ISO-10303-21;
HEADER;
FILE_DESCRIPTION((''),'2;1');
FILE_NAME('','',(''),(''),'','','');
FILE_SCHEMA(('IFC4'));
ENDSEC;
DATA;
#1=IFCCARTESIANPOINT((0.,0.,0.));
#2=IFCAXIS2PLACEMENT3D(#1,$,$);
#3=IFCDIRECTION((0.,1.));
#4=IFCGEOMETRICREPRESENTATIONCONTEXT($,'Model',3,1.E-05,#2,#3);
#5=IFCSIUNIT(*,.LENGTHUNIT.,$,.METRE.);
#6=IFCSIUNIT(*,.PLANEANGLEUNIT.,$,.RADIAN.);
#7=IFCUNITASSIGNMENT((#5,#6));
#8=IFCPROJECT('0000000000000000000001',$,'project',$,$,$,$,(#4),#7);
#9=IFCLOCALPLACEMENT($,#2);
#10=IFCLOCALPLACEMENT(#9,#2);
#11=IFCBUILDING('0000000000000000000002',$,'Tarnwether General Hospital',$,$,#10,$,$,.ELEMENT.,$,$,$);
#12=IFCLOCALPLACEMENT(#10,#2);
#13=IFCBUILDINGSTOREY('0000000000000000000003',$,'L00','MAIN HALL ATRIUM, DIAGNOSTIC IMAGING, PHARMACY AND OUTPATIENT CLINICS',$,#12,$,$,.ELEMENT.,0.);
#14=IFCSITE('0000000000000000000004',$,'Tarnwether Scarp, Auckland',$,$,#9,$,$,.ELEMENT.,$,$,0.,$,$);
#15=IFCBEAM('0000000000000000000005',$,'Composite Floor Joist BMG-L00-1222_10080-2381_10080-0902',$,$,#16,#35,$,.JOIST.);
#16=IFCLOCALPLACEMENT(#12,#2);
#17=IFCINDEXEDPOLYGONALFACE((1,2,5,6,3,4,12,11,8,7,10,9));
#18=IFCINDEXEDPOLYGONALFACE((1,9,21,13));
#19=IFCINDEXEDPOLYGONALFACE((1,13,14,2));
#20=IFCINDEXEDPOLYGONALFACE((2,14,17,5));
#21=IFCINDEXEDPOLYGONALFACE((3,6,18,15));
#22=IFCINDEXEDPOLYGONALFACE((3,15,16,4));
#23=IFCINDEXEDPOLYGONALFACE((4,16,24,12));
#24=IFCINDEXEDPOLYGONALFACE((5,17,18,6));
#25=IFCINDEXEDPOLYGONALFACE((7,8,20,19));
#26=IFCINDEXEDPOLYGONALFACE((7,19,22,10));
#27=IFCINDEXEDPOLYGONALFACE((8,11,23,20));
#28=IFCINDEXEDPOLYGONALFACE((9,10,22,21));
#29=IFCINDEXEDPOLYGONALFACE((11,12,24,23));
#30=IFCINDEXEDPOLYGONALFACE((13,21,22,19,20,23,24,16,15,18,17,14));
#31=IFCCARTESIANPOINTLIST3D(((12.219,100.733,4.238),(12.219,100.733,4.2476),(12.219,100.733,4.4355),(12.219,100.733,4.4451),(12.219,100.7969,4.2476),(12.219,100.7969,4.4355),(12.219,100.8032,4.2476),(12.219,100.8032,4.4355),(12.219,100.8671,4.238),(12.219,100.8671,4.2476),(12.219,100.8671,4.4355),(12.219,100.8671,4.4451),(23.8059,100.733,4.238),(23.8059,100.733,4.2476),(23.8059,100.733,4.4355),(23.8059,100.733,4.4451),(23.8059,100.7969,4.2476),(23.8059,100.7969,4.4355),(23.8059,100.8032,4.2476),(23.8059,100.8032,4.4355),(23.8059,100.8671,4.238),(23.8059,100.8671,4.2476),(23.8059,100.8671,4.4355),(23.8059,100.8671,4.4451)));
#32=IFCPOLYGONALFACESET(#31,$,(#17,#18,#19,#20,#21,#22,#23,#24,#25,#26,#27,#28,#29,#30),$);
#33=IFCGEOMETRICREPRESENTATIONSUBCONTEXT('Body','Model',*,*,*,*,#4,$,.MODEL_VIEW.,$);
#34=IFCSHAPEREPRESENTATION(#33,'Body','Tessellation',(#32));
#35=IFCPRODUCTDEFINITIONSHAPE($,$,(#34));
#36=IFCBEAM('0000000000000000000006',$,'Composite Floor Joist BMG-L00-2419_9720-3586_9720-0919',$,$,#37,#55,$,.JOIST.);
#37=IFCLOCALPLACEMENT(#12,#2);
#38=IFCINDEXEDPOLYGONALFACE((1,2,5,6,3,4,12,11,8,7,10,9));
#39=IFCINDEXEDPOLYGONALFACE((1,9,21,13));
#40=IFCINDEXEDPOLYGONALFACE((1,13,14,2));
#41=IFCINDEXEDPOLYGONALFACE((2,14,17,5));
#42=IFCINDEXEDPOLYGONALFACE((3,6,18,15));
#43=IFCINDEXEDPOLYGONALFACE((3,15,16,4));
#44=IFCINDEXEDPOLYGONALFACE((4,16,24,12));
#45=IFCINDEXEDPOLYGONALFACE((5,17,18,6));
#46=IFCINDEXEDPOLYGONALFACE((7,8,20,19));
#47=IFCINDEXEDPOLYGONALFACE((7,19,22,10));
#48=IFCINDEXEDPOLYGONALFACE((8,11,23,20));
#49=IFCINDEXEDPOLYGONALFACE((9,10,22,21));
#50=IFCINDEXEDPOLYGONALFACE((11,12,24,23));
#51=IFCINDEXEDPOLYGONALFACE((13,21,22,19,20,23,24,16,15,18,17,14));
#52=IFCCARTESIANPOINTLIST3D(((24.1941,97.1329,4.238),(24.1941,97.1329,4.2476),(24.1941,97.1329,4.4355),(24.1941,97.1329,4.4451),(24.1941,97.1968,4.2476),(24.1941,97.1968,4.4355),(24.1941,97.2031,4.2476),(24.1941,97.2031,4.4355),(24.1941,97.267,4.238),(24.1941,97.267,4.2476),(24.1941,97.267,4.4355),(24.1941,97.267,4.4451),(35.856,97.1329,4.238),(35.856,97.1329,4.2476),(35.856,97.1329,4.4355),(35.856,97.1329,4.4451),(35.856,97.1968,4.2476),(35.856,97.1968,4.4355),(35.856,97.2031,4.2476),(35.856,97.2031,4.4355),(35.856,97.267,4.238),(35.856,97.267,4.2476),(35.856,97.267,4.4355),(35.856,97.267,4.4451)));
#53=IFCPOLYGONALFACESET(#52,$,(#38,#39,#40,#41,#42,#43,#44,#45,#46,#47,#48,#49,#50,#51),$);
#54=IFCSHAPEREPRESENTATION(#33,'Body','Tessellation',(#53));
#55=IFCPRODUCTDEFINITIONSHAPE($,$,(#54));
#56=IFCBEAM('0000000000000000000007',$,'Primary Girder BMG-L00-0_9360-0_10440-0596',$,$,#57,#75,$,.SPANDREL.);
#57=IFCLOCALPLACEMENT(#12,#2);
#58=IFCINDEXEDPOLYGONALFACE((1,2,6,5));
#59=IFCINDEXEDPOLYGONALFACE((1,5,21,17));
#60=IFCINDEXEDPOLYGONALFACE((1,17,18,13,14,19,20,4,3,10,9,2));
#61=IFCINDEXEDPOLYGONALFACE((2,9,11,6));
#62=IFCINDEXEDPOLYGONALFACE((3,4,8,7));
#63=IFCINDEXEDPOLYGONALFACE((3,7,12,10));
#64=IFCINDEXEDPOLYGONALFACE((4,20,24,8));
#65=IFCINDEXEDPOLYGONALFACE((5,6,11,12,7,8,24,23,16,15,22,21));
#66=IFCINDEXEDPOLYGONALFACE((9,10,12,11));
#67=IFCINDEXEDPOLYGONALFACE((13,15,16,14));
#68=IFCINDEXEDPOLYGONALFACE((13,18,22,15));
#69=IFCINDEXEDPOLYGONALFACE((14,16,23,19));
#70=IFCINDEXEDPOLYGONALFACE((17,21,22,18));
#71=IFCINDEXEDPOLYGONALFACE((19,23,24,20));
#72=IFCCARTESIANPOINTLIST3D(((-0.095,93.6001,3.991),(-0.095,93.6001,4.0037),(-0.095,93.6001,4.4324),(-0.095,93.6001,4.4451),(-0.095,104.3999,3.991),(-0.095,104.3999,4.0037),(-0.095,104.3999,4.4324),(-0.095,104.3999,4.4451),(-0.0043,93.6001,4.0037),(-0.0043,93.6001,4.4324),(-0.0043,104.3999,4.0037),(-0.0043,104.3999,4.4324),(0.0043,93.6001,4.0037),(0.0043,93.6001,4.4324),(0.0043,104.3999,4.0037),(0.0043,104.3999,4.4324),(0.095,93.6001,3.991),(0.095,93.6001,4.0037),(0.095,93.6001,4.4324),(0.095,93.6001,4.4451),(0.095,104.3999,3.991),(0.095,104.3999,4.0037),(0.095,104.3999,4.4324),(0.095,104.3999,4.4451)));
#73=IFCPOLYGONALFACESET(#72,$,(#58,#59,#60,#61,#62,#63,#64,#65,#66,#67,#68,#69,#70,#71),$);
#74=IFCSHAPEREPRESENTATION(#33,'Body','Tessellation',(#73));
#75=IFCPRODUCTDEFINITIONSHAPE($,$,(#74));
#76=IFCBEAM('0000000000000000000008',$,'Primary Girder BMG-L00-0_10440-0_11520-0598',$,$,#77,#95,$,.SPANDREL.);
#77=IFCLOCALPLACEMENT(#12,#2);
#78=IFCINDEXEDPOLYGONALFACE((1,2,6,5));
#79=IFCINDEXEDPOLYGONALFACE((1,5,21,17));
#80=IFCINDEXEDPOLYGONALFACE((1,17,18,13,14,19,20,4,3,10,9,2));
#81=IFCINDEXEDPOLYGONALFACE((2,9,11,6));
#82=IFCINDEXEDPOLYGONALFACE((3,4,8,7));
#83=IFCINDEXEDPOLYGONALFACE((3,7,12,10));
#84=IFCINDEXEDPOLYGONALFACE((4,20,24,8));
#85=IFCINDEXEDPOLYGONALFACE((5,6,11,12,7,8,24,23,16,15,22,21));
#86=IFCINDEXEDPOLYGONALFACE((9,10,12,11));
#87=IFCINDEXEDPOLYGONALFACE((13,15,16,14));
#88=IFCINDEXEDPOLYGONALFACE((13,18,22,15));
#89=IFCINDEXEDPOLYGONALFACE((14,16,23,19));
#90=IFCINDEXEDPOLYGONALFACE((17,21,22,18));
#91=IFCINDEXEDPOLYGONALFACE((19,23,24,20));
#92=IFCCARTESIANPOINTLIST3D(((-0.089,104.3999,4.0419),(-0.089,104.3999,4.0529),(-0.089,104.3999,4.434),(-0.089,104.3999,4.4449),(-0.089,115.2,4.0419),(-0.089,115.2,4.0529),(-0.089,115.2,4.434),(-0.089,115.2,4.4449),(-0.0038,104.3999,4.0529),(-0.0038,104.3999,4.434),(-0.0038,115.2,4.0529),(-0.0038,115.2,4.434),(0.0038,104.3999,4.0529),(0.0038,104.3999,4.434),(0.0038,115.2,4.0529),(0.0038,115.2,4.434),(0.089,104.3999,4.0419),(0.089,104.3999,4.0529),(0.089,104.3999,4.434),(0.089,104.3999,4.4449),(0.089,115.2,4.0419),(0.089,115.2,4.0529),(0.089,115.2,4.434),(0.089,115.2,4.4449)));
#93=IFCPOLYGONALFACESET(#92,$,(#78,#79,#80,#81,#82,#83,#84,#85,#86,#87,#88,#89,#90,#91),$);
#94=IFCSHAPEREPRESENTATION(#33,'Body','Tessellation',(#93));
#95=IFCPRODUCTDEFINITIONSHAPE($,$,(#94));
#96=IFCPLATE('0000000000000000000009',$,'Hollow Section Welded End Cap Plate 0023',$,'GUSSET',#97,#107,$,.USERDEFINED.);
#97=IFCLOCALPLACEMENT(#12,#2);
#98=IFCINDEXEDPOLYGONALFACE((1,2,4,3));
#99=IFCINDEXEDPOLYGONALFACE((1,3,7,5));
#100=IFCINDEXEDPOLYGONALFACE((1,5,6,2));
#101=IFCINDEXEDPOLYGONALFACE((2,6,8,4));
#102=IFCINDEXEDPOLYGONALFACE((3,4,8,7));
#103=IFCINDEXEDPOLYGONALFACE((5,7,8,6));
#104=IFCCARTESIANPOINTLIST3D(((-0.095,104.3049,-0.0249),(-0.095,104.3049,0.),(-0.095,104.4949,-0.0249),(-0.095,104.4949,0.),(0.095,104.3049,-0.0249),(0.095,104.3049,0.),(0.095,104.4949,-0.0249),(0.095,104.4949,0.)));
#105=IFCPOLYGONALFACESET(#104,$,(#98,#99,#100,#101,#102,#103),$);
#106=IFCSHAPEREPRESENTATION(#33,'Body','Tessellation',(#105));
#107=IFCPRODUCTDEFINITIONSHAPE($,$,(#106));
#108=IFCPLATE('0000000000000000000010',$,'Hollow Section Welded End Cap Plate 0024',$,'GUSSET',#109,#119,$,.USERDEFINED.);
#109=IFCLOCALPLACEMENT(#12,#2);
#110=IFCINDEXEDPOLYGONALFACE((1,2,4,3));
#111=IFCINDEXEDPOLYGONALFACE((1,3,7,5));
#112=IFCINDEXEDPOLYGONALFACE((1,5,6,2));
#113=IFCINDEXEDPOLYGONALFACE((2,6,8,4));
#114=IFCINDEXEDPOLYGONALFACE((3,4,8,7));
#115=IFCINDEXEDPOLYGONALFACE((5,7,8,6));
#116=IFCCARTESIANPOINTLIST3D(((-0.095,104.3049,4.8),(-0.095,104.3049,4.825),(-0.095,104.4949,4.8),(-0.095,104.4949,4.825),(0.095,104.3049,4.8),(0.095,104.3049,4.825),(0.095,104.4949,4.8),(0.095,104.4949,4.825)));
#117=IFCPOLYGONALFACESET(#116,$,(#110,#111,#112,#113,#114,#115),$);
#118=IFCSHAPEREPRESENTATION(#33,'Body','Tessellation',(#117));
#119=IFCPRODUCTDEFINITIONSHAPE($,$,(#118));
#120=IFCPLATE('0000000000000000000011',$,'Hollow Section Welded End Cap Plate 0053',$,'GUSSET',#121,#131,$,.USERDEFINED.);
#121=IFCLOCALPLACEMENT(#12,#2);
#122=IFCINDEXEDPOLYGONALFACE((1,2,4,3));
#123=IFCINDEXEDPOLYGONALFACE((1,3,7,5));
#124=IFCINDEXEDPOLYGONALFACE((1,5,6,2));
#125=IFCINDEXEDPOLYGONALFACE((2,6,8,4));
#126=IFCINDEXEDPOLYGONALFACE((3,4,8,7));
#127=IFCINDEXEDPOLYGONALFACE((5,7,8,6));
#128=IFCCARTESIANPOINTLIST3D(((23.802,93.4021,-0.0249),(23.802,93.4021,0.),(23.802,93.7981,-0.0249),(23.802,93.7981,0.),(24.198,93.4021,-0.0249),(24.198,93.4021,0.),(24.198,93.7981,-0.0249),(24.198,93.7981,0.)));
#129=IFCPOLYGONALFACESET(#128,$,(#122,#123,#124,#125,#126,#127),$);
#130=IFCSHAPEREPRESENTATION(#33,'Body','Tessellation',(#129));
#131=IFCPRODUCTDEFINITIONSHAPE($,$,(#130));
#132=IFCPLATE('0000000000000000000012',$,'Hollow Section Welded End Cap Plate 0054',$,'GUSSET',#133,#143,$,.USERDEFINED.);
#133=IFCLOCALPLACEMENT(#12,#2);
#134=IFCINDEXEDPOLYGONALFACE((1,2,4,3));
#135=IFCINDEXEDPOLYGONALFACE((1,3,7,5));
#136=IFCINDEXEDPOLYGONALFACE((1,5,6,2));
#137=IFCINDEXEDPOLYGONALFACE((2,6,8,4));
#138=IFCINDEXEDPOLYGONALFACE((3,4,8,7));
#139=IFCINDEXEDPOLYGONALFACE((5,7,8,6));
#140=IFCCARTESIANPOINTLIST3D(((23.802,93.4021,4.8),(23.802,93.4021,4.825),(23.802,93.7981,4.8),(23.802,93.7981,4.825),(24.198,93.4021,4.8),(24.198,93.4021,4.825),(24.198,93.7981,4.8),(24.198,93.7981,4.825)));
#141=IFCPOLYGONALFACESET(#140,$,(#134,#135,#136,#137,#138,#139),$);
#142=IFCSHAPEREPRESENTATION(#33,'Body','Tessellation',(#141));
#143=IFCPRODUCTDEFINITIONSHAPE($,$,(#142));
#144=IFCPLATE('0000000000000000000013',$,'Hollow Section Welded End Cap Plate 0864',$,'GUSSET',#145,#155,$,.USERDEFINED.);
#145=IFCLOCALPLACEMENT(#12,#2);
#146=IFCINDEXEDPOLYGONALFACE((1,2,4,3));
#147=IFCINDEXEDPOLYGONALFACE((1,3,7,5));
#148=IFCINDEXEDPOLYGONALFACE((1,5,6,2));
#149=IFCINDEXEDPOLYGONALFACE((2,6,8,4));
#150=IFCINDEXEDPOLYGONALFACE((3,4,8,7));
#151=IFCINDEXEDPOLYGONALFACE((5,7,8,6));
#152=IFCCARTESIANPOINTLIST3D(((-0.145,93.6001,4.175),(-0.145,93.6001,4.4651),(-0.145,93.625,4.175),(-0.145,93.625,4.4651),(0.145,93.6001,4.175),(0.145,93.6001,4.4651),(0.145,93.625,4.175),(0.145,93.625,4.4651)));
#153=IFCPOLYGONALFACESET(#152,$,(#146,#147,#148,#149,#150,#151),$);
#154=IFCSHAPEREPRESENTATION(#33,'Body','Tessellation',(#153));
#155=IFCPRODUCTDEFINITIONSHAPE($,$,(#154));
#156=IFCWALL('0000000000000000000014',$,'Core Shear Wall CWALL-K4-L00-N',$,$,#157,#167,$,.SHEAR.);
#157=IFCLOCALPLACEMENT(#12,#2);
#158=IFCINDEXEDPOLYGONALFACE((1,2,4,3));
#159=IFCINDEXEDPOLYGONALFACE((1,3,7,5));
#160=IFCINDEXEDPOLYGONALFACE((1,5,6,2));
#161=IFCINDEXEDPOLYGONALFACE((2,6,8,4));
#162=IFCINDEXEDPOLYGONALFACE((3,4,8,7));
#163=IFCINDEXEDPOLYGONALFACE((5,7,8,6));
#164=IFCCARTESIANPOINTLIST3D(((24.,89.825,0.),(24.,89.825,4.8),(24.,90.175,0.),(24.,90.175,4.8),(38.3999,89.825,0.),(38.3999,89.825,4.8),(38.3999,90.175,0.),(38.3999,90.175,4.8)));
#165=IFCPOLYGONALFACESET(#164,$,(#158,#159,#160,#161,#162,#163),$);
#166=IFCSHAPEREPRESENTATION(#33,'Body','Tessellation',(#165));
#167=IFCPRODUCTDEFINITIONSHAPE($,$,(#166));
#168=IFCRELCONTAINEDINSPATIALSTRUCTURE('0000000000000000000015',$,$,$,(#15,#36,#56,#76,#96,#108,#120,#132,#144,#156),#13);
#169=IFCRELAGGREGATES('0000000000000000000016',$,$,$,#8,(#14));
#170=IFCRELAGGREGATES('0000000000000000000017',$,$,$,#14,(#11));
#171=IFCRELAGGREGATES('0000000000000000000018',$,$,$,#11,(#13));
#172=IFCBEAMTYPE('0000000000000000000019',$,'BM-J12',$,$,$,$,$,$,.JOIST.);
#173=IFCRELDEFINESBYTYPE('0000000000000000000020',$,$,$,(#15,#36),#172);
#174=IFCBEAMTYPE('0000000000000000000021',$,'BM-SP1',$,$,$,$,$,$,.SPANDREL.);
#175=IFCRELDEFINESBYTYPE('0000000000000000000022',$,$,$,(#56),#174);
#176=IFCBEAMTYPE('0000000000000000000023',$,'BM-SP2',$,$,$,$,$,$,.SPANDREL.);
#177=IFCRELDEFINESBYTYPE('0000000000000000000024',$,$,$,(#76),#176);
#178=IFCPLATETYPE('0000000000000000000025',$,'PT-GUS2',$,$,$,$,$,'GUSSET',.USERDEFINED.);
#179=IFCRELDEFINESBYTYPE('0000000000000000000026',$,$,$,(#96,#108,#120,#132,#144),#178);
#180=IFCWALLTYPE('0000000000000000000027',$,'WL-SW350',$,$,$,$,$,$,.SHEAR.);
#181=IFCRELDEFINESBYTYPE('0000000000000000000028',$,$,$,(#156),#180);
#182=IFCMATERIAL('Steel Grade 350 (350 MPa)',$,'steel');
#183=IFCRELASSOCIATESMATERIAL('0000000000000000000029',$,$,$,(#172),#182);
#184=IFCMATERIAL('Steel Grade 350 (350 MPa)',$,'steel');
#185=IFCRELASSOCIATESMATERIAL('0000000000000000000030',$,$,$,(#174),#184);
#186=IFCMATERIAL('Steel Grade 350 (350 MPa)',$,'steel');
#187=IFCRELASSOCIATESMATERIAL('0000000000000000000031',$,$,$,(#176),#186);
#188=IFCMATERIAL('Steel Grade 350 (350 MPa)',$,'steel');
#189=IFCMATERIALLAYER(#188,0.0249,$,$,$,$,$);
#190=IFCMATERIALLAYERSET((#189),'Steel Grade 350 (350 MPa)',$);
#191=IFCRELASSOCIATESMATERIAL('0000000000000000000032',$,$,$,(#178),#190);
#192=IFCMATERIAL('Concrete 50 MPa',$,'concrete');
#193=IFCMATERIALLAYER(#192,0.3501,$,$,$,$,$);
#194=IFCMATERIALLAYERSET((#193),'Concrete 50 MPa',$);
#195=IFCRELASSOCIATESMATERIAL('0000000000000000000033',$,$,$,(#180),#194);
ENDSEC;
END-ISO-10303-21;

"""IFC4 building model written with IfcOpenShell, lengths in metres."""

from ifc_helpers import new_model, si_unit, direction, frame, frame_2d, origin, origin_2d, place, context, subcontext, project, spatial, rectangle, i_section, extrude, material, layer, layer_set, material_profile, profile_set, type_object, element, save


model = new_model("IFC4")

# Units and contexts
model_context = context("Model", 3, precision=1e-05, world=origin(), true_north=direction((0.0, 1.0)))
body_context = subcontext(model_context, "Body", "Model", "MODEL_VIEW")
ifc_project = project(units=[si_unit("LENGTHUNIT", "METRE"), si_unit("PLANEANGLEUNIT", "RADIAN")], contexts=[model_context])

# Site, building, storey
site_placement = place(None, origin())
site = spatial("IfcSite", under=ifc_project, at=site_placement, Name="Tarnwether Scarp, Auckland", CompositionType="ELEMENT", RefElevation=0.0)
building_placement = place(site_placement, origin())
building = spatial("IfcBuilding", under=site, at=building_placement, Name="Tarnwether General Hospital", CompositionType="ELEMENT")
storey_placement = place(building_placement, origin())
storey = spatial("IfcBuildingStorey", under=building, at=storey_placement, Name="L00", Description="MAIN HALL ATRIUM, DIAGNOSTIC IMAGING, PHARMACY AND OUTPATIENT CLINICS", CompositionType="ELEMENT", Elevation=0.0)

# Beams
ifc_material_1 = material(Name="Steel Grade 350 (350 MPa)", Category="steel")
ifc_material_profile_1 = material_profile(ifc_material_1, i_section(OverallWidth=0.134, OverallDepth=0.207, WebThickness=0.0063, FlangeThickness=0.0095, at=origin_2d()), Name="200UB29.8")
ifc_profile_set_1 = profile_set([ifc_material_profile_1], Name="Steel Grade 350 (350 MPa)")
beam_type_1 = type_object("IfcBeamType", Name="BM-J12", PredefinedType="JOIST", material=ifc_profile_set_1)
beam_1_placement = place(storey_placement, frame((12.219, 100.8, 4.3416), z_axis=(1.0, 0.0, 0.0), x_axis=(0.0, 1.0, 0.0)))
element("IfcBeam", 1, at=beam_1_placement, inside=storey, type_object=beam_type_1, Name="Composite Floor Joist BMG-L00-1222_10080-2381_10080-0902", PredefinedType="JOIST", context=body_context, shape_type="SweptSolid", body=[
    extrude(i_section(OverallWidth=0.134, OverallDepth=0.207, WebThickness=0.0063, FlangeThickness=0.0095, at=origin_2d()), origin(), (0.0, 0.0, 1.0), 11.5869),
])
beam_2_placement = place(storey_placement, frame((24.1941, 97.2, 4.3416), z_axis=(1.0, 0.0, 0.0), x_axis=(0.0, 1.0, 0.0)))
element("IfcBeam", 2, at=beam_2_placement, inside=storey, type_object=beam_type_1, Name="Composite Floor Joist BMG-L00-2419_9720-3586_9720-0919", PredefinedType="JOIST", context=body_context, shape_type="SweptSolid", body=[
    extrude(i_section(OverallWidth=0.134, OverallDepth=0.207, WebThickness=0.0063, FlangeThickness=0.0095, at=origin_2d()), origin(), (0.0, 0.0, 1.0), 11.6619),
])
ifc_material_2 = material(Name="Steel Grade 350 (350 MPa)", Category="steel")
ifc_material_profile_2 = material_profile(ifc_material_2, i_section(OverallWidth=0.1899, OverallDepth=0.4541, WebThickness=0.0085, FlangeThickness=0.0127, at=origin_2d()), Name="460UB67.1")
ifc_profile_set_2 = profile_set([ifc_material_profile_2], Name="Steel Grade 350 (350 MPa)")
beam_type_2 = type_object("IfcBeamType", Name="BM-SP1", PredefinedType="SPANDREL", material=ifc_profile_set_2)
beam_3_placement = place(storey_placement, frame((0.0, 93.6001, 4.218), z_axis=(0.0, 1.0, 0.0), x_axis=(-1.0, 0.0, 0.0)))
element("IfcBeam", 3, at=beam_3_placement, inside=storey, type_object=beam_type_2, Name="Primary Girder BMG-L00-0_9360-0_10440-0596", PredefinedType="SPANDREL", context=body_context, shape_type="SweptSolid", body=[
    extrude(i_section(OverallWidth=0.1899, OverallDepth=0.4541, WebThickness=0.0085, FlangeThickness=0.0127, at=origin_2d()), origin(), (0.0, 0.0, 1.0), 10.7998),
])
ifc_material_3 = material(Name="Steel Grade 350 (350 MPa)", Category="steel")
ifc_material_profile_3 = material_profile(ifc_material_3, i_section(OverallWidth=0.178, OverallDepth=0.4031, WebThickness=0.0076, FlangeThickness=0.011, at=origin_2d()), Name="410UB53.7")
ifc_profile_set_3 = profile_set([ifc_material_profile_3], Name="Steel Grade 350 (350 MPa)")
beam_type_3 = type_object("IfcBeamType", Name="BM-SP2", PredefinedType="SPANDREL", material=ifc_profile_set_3)
beam_4_placement = place(storey_placement, frame((0.0, 104.3999, 4.2434), z_axis=(0.0, 1.0, 0.0), x_axis=(-1.0, 0.0, 0.0)))
element("IfcBeam", 4, at=beam_4_placement, inside=storey, type_object=beam_type_3, Name="Primary Girder BMG-L00-0_10440-0_11520-0598", PredefinedType="SPANDREL", context=body_context, shape_type="SweptSolid", body=[
    extrude(i_section(OverallWidth=0.178, OverallDepth=0.4031, WebThickness=0.0076, FlangeThickness=0.011, at=origin_2d()), origin(), (0.0, 0.0, 1.0), 10.8),
])

# Plates
ifc_material_4 = material(Name="Steel Grade 350 (350 MPa)", Category="steel")
ifc_layer_1 = layer(ifc_material_4, 0.0249)
ifc_layer_set_1 = layer_set([ifc_layer_1], Name="Steel Grade 350 (350 MPa)")
plate_type = type_object("IfcPlateType", Name="PT-GUS2", ElementType="GUSSET", PredefinedType="USERDEFINED", material=ifc_layer_set_1)
for number, where, z_axis, x_axis, name in (
    (5, (0.0, 104.3999, -0.0249), (0.0, 0.0, 1.0), (1.0, 0.0, 0.0), "Hollow Section Welded End Cap Plate 0023"),
    (6, (0.0, 104.3999, 4.8), (0.0, 0.0, 1.0), (1.0, 0.0, 0.0), "Hollow Section Welded End Cap Plate 0024"),
):
    element("IfcPlate", number, at=place(storey_placement, frame(where, z_axis=z_axis, x_axis=x_axis)), inside=storey, type_object=plate_type, Name=name, ObjectType="GUSSET", PredefinedType="USERDEFINED", context=body_context, shape_type="SweptSolid", body=[
        extrude(rectangle(XDim=0.1899, YDim=0.1899, at=origin_2d()), origin(), (0.0, 0.0, 1.0), 0.0249),
    ])
for number, where, z_axis, x_axis, name in (
    (7, (24.0, 93.6001, -0.0249), (0.0, 0.0, 1.0), (1.0, 0.0, 0.0), "Hollow Section Welded End Cap Plate 0053"),
    (8, (24.0, 93.6001, 4.8), (0.0, 0.0, 1.0), (1.0, 0.0, 0.0), "Hollow Section Welded End Cap Plate 0054"),
):
    element("IfcPlate", number, at=place(storey_placement, frame(where, z_axis=z_axis, x_axis=x_axis)), inside=storey, type_object=plate_type, Name=name, ObjectType="GUSSET", PredefinedType="USERDEFINED", context=body_context, shape_type="SweptSolid", body=[
        extrude(rectangle(XDim=0.396, YDim=0.396, at=origin_2d()), origin(), (0.0, 0.0, 1.0), 0.0249),
    ])
plate_placement = place(storey_placement, frame((0.0, 93.6125, 4.175), z_axis=(0.0, 0.0, 1.0), x_axis=(0.0, 1.0, 0.0)))
element("IfcPlate", 9, at=plate_placement, inside=storey, type_object=plate_type, Name="Hollow Section Welded End Cap Plate 0864", ObjectType="GUSSET", PredefinedType="USERDEFINED", context=body_context, shape_type="SweptSolid", body=[
    extrude(rectangle(XDim=0.0249, YDim=0.29, at=origin_2d()), origin(), (0.0, 0.0, 1.0), 0.29),
])

# Wall
ifc_material_5 = material(Name="Concrete 50 MPa", Category="concrete")
ifc_layer_2 = layer(ifc_material_5, 0.3501)
ifc_layer_set_2 = layer_set([ifc_layer_2], Name="Concrete 50 MPa")
wall_type = type_object("IfcWallType", Name="WL-SW350", PredefinedType="SHEAR", material=ifc_layer_set_2)
wall_placement = place(storey_placement, frame((24.0, 90.0, 0.0), z_axis=(0.0, 0.0, 1.0), x_axis=(1.0, 0.0, 0.0)))
element("IfcWall", 10, at=wall_placement, inside=storey, type_object=wall_type, Name="Core Shear Wall CWALL-K4-L00-N", PredefinedType="SHEAR", context=body_context, shape_type="SweptSolid", body=[
    extrude(rectangle(XDim=14.3999, YDim=0.3501, at=frame_2d((7.2, 0.0))), origin(), (0.0, 0.0, 1.0), 4.8),
])

save(model, "model.ifc")
